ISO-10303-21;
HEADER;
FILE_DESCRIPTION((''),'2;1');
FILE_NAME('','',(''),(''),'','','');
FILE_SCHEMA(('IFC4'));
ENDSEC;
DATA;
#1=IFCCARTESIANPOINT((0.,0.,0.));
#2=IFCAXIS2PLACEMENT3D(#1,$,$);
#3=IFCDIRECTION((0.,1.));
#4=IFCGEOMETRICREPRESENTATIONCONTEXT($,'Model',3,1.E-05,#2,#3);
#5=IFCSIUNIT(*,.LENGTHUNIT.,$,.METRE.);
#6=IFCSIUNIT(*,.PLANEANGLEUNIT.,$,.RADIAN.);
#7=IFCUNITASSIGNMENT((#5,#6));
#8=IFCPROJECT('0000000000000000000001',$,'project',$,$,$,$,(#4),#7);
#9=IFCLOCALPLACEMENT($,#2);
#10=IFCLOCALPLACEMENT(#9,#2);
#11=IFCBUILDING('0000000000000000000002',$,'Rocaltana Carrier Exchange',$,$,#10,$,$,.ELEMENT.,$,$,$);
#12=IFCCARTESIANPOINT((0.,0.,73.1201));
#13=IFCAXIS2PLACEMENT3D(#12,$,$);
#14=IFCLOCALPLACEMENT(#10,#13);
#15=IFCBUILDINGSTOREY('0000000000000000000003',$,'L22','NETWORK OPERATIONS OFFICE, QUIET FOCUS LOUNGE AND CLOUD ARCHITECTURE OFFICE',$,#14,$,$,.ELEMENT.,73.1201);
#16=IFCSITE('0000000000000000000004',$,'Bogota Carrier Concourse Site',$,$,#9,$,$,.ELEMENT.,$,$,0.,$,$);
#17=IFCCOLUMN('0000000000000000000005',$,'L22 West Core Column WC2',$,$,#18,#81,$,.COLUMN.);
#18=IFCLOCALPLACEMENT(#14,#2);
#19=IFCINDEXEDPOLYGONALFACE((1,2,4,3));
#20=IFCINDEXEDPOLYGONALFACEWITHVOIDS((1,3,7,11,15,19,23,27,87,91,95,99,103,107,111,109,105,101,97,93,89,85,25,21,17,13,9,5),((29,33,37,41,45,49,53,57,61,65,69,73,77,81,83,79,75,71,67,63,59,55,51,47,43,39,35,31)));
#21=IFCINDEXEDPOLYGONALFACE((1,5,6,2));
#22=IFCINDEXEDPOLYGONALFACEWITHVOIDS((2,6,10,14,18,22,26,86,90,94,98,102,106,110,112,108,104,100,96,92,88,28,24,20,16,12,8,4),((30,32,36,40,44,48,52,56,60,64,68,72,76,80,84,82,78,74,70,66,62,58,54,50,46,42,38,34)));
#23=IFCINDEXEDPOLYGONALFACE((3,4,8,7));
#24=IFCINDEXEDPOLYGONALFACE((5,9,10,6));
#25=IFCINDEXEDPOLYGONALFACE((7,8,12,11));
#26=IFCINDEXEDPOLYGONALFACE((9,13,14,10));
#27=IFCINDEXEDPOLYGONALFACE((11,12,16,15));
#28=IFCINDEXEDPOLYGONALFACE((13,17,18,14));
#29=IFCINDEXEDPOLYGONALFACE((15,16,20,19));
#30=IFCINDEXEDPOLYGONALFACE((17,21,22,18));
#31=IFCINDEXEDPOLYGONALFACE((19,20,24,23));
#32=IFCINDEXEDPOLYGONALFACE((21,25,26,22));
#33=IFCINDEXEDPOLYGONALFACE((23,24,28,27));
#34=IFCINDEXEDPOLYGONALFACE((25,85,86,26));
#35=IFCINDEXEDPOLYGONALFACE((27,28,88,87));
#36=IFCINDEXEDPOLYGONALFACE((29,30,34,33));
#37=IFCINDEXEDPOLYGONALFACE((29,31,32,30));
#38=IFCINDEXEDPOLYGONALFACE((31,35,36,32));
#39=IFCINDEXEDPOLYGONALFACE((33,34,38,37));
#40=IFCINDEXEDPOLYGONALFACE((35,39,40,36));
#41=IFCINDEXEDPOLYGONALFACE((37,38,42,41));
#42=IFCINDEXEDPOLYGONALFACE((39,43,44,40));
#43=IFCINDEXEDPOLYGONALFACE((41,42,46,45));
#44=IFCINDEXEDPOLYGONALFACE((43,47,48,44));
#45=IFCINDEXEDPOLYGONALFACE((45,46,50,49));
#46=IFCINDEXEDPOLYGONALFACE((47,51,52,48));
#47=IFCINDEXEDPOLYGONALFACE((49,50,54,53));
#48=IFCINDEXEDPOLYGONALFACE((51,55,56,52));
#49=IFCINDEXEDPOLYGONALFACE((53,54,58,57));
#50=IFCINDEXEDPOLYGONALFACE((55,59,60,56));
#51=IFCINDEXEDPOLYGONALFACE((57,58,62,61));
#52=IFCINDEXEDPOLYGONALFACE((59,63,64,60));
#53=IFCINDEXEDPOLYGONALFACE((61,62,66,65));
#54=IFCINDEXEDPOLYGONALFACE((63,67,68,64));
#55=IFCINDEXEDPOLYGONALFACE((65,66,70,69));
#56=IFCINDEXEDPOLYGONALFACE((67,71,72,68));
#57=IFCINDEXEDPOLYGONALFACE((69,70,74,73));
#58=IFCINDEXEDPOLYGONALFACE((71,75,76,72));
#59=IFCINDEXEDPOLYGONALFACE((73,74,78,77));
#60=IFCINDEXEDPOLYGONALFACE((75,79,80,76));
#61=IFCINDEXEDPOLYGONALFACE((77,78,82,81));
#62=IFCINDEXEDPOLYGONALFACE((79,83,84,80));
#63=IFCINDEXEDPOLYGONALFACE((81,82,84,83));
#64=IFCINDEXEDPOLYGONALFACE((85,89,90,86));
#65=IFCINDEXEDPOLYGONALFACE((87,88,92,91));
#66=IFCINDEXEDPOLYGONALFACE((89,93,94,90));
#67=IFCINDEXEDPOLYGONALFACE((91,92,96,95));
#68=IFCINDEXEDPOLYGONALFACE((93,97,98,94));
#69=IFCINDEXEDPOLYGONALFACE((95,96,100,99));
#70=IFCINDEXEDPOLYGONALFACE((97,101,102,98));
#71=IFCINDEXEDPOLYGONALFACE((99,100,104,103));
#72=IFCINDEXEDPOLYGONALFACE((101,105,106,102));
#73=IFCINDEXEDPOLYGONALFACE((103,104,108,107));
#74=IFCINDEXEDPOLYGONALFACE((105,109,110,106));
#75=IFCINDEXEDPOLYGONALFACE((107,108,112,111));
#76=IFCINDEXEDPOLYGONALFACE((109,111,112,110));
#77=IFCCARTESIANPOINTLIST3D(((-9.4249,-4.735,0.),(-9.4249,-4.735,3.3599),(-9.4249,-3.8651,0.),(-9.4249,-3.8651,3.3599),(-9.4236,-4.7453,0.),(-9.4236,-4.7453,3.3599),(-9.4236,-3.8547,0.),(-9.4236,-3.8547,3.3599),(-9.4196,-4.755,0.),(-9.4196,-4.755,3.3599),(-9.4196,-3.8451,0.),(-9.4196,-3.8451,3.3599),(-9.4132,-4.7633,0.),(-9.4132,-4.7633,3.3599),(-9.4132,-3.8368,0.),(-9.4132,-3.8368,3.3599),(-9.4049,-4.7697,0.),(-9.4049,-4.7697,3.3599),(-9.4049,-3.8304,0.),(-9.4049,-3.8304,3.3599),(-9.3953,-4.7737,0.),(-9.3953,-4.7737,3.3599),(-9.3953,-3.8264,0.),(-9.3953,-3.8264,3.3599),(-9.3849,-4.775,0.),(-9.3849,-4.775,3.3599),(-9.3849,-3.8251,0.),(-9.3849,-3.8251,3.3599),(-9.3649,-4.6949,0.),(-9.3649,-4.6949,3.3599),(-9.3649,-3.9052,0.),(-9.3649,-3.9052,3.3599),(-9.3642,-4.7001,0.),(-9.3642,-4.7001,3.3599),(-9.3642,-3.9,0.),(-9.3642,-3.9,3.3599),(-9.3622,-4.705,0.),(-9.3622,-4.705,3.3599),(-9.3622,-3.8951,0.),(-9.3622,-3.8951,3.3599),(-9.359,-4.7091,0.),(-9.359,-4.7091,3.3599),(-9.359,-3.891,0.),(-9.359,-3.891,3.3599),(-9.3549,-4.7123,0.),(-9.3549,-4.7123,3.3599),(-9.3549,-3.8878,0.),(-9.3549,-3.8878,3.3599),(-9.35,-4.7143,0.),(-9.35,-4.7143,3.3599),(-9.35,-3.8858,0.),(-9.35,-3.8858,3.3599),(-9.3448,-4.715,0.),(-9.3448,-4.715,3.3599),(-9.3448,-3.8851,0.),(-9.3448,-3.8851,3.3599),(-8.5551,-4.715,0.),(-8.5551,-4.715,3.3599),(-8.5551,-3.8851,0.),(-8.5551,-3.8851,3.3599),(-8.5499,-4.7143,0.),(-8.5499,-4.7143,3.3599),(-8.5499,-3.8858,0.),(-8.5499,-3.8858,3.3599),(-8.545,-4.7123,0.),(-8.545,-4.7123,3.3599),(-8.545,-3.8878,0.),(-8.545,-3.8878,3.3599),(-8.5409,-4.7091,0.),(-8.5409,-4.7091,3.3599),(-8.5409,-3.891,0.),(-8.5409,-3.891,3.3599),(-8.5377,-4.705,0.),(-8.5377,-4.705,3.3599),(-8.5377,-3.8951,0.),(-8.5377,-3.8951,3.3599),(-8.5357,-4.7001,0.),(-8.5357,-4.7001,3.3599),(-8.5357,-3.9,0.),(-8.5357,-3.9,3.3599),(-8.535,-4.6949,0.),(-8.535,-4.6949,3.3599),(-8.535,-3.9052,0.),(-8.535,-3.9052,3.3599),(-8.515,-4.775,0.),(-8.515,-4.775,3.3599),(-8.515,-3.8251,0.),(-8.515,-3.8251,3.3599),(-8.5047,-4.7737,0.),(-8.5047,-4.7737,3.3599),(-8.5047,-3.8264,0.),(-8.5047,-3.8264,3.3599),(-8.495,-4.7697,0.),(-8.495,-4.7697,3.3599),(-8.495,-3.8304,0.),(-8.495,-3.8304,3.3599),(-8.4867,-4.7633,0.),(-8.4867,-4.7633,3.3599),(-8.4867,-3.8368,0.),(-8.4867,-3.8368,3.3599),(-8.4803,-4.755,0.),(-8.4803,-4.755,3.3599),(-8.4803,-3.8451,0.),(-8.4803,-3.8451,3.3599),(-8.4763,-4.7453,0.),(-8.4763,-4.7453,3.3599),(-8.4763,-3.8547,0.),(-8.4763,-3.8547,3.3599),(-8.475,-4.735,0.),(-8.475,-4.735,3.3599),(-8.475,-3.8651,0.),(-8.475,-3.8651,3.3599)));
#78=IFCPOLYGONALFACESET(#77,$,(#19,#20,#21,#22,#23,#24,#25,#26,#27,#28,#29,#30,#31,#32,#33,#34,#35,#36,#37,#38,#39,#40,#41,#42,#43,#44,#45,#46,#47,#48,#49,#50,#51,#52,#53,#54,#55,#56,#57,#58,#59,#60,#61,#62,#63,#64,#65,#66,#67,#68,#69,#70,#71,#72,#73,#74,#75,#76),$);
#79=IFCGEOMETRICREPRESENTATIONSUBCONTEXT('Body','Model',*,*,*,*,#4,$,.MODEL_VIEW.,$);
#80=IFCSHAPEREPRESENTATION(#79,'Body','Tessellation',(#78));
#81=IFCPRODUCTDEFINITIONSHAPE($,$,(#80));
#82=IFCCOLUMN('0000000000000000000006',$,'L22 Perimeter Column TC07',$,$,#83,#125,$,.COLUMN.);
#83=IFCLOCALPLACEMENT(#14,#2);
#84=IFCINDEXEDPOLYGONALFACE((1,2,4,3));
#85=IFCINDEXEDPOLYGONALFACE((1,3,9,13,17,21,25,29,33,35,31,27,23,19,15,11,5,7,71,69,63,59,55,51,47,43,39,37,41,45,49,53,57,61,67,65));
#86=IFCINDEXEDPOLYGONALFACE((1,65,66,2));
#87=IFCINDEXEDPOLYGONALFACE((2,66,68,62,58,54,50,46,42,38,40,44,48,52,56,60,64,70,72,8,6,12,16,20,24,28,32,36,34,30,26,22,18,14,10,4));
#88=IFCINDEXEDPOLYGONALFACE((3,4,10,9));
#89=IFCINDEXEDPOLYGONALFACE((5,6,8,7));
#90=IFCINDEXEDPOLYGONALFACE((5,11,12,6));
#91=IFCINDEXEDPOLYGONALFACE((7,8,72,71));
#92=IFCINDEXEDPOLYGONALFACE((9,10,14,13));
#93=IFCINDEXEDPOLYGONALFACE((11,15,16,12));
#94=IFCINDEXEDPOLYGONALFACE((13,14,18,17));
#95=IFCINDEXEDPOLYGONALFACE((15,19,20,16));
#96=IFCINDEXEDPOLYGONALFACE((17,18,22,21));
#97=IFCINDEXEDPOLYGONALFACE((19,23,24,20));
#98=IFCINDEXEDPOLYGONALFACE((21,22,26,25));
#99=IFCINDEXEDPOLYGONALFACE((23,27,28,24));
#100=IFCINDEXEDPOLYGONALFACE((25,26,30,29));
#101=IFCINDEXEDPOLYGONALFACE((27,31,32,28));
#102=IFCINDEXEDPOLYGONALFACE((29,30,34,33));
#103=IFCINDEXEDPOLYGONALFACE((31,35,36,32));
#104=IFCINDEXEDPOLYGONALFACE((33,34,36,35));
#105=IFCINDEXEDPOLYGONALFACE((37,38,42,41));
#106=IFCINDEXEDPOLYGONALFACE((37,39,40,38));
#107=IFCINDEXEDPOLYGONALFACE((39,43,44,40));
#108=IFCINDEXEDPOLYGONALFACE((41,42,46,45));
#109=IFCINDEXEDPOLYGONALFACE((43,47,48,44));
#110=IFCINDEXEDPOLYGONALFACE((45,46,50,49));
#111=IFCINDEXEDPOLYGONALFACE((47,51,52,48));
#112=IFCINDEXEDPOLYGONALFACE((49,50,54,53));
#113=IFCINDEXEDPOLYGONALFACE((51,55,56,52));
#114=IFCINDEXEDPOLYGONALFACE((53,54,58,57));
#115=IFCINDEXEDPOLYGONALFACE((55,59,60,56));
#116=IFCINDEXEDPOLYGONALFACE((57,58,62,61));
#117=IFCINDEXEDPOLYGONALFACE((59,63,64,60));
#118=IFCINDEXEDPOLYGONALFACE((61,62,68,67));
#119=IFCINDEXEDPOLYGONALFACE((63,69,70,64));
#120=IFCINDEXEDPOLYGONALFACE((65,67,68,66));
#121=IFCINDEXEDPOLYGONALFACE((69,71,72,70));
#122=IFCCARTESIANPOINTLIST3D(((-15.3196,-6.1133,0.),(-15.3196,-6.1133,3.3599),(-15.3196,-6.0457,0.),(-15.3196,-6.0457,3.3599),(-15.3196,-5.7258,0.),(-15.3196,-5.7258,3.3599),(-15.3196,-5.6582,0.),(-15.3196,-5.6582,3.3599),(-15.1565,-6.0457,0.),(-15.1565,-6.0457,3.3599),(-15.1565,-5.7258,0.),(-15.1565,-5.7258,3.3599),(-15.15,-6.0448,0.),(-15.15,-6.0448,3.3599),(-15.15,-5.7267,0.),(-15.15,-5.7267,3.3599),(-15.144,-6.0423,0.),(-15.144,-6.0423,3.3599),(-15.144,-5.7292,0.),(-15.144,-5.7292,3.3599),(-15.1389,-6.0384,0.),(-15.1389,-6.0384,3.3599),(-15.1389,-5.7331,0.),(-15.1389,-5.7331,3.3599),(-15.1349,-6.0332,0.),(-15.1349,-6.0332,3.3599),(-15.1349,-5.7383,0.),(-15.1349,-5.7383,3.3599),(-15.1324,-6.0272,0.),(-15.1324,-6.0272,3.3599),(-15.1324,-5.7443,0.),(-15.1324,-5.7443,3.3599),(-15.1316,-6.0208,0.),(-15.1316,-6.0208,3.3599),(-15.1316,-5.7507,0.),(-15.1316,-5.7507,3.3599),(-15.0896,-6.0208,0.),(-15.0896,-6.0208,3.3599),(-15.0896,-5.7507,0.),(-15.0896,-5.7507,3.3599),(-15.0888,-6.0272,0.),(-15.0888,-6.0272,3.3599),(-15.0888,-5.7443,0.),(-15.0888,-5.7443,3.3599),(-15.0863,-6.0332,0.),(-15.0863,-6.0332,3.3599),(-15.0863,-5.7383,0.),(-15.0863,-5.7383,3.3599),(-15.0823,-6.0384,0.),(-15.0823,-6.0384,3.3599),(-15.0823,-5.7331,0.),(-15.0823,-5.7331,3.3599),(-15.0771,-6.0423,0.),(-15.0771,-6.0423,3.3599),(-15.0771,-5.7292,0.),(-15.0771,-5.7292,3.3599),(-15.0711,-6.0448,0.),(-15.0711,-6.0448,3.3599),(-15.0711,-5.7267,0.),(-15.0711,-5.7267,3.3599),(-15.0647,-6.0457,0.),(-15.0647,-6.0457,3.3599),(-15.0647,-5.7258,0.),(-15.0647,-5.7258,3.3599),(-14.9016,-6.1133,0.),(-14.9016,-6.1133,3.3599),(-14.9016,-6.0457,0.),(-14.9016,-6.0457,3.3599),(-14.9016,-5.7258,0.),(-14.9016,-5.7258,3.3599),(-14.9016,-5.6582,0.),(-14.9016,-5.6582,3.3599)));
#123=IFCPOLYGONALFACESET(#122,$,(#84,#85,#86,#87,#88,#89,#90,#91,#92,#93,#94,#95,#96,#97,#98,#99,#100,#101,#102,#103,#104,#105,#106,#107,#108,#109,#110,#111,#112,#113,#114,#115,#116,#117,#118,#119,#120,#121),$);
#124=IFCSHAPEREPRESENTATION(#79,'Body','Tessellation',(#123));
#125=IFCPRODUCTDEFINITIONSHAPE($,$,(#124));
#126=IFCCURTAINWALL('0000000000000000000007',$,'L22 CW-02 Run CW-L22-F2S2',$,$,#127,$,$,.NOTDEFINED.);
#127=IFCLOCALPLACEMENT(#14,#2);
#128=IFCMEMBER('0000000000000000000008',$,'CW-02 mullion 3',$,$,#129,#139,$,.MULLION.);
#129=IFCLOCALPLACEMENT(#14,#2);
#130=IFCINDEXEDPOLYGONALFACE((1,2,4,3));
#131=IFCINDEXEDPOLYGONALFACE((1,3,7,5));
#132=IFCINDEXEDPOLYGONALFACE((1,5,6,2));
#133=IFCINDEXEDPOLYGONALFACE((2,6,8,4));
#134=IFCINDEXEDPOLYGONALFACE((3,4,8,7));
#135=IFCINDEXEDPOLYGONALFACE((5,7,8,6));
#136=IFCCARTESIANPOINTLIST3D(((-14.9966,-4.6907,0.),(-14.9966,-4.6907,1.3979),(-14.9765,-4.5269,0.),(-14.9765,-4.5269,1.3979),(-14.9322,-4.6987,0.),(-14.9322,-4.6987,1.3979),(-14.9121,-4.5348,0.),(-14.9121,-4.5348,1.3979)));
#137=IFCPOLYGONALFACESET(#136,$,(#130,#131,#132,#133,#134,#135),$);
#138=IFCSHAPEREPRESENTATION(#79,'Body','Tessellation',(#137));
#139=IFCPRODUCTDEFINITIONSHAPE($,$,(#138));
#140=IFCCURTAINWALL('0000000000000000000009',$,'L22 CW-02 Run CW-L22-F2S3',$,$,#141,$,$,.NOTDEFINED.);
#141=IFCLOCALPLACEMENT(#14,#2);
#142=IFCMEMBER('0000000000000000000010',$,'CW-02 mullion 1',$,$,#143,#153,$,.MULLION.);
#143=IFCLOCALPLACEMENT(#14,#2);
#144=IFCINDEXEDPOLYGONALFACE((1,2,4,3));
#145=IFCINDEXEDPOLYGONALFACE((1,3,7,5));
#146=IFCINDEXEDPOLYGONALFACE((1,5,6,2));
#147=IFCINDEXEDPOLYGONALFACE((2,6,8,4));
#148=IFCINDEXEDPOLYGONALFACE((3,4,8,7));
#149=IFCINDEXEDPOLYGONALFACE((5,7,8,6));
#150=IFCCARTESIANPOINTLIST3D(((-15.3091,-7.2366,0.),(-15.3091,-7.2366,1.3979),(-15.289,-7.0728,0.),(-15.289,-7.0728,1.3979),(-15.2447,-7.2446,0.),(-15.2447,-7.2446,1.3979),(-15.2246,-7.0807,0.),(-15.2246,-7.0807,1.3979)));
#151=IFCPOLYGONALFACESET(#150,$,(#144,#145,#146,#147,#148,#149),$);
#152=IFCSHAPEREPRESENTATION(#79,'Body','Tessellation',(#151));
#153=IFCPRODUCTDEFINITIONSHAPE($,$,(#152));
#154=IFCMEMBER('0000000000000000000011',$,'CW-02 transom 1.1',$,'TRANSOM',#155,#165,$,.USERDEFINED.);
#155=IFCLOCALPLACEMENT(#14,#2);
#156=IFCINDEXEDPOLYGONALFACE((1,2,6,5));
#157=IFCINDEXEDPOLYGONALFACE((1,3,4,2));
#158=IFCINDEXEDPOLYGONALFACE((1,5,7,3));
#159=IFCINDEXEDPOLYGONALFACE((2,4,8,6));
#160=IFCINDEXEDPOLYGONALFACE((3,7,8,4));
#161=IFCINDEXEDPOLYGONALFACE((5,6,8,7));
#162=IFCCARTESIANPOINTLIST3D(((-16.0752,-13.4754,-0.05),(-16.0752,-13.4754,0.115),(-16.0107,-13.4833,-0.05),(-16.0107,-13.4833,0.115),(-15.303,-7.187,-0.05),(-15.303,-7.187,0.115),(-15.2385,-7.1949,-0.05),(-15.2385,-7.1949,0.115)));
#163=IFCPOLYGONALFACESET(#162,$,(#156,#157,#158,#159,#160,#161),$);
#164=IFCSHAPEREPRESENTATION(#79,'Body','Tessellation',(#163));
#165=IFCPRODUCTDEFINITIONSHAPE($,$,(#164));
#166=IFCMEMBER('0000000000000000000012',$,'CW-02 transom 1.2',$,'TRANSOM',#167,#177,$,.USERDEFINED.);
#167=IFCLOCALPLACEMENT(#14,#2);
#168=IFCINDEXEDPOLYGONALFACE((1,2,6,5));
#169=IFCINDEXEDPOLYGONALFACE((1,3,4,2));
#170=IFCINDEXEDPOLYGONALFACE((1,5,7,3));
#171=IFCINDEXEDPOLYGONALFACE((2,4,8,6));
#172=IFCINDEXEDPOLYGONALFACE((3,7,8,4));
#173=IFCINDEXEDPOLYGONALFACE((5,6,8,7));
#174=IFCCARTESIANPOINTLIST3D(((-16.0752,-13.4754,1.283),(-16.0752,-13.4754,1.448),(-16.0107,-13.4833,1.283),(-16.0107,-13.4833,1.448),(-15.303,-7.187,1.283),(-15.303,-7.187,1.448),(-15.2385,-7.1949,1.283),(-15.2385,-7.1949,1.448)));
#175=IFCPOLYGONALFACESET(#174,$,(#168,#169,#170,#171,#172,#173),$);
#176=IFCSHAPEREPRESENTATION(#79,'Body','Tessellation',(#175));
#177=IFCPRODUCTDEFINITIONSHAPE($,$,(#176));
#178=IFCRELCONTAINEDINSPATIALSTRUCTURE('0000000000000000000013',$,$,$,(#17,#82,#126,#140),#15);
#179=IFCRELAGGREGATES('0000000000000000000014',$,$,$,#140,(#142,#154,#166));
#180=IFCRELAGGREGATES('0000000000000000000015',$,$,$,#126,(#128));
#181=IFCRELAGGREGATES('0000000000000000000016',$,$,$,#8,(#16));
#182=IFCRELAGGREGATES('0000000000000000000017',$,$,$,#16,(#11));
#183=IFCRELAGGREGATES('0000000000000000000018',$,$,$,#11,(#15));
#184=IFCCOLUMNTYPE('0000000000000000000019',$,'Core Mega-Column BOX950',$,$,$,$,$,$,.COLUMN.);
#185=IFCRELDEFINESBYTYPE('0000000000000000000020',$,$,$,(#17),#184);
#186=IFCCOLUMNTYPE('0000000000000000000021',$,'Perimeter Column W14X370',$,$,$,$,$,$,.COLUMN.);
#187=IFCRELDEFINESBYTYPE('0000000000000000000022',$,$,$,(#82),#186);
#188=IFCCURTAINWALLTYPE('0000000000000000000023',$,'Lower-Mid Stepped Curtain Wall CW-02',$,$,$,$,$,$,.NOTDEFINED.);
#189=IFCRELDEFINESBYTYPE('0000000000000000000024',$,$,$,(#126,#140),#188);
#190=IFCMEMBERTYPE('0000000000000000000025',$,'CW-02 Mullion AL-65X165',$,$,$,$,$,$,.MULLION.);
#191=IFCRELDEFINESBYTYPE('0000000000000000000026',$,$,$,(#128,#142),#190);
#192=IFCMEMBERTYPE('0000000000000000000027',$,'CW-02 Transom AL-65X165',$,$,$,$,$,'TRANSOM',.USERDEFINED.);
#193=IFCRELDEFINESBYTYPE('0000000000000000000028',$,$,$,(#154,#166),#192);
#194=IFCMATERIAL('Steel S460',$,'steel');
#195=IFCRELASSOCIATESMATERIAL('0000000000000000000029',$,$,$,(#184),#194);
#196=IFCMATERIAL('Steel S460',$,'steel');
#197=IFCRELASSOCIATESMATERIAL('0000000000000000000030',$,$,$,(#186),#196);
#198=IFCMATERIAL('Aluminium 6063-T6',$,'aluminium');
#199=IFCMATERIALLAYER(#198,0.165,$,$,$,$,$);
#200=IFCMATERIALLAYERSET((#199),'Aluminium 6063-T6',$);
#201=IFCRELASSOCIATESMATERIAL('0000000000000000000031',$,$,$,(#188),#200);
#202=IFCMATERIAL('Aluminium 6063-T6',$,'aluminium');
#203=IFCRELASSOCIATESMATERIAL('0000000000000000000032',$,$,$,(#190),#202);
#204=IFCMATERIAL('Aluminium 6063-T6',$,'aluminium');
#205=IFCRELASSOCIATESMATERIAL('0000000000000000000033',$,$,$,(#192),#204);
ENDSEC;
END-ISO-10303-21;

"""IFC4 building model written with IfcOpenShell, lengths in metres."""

from ifc_helpers import new_model, si_unit, direction, frame, origin, origin_2d, place, context, subcontext, project, spatial, rectangle, hollow_rectangle, i_section, extrude, material, layer, layer_set, material_profile, profile_set, type_object, element, aggregate, save


model = new_model("IFC4")

# Units and contexts
model_context = context("Model", 3, precision=1e-05, world=origin(), true_north=direction((0.0, 1.0)))
body_context = subcontext(model_context, "Body", "Model", "MODEL_VIEW")
ifc_project = project(units=[si_unit("LENGTHUNIT", "METRE"), si_unit("PLANEANGLEUNIT", "RADIAN")], contexts=[model_context])

# Site, building, storey
site_placement = place(None, origin())
site = spatial("IfcSite", under=ifc_project, at=site_placement, Name="Bogota Carrier Concourse Site", CompositionType="ELEMENT", RefElevation=0.0)
building_placement = place(site_placement, origin())
building = spatial("IfcBuilding", under=site, at=building_placement, Name="Rocaltana Carrier Exchange", CompositionType="ELEMENT")
storey_placement = place(building_placement, frame((0.0, 0.0, 73.1201)))
storey = spatial("IfcBuildingStorey", under=building, at=storey_placement, Name="L22", Description="NETWORK OPERATIONS OFFICE, QUIET FOCUS LOUNGE AND CLOUD ARCHITECTURE OFFICE", CompositionType="ELEMENT", Elevation=73.1201)

# Columns
ifc_material_1 = material(Name="Steel S460", Category="steel")
ifc_material_profile_1 = material_profile(ifc_material_1, hollow_rectangle(XDim=0.95, YDim=0.95, WallThickness=0.0601, InnerFilletRadius=0.02, OuterFilletRadius=0.04, at=origin_2d()), Name="BOX950X950X60")
ifc_profile_set_1 = profile_set([ifc_material_profile_1], Name="Steel S460")
column_type_1 = type_object("IfcColumnType", Name="Core Mega-Column BOX950", PredefinedType="COLUMN", material=ifc_profile_set_1)
column_1_placement = place(storey_placement, frame((-8.95, -4.3, 0.0), z_axis=(0.0, 0.0, 1.0), x_axis=(1.0, 0.0, 0.0)))
element("IfcColumn", 1, at=column_1_placement, inside=storey, type_object=column_type_1, Name="L22 West Core Column WC2", PredefinedType="COLUMN", context=body_context, shape_type="SweptSolid", body=[
    extrude(hollow_rectangle(XDim=0.95, YDim=0.95, WallThickness=0.0601, InnerFilletRadius=0.02, OuterFilletRadius=0.04, at=origin_2d()), origin(), (0.0, 0.0, 1.0), 3.3599),
])
ifc_material_2 = material(Name="Steel S460", Category="steel")
ifc_material_profile_2 = material_profile(ifc_material_2, i_section(OverallWidth=0.418, OverallDepth=0.4551, WebThickness=0.042, FlangeThickness=0.0676, FilletRadius=0.0249, at=origin_2d()), Name="W14X370")
ifc_profile_set_2 = profile_set([ifc_material_profile_2], Name="Steel S460")
column_type_2 = type_object("IfcColumnType", Name="Perimeter Column W14X370", PredefinedType="COLUMN", material=ifc_profile_set_2)
column_2_placement = place(storey_placement, frame((-15.1106, -5.8857, 0.0), z_axis=(0.0, 0.0, 1.0), x_axis=(1.0, 0.0, 0.0)))
element("IfcColumn", 2, at=column_2_placement, inside=storey, type_object=column_type_2, Name="L22 Perimeter Column TC07", PredefinedType="COLUMN", context=body_context, shape_type="SweptSolid", body=[
    extrude(i_section(OverallWidth=0.418, OverallDepth=0.4551, WebThickness=0.042, FlangeThickness=0.0676, FilletRadius=0.0249, at=origin_2d()), origin(), (0.0, 0.0, 1.0), 3.3599),
])

# Curtain wall, member
ifc_material_3 = material(Name="Aluminium 6063-T6", Category="aluminium")
ifc_layer_1 = layer(ifc_material_3, 0.165)
ifc_layer_set_1 = layer_set([ifc_layer_1], Name="Aluminium 6063-T6")
curtain_wall_type = type_object("IfcCurtainWallType", Name="Lower-Mid Stepped Curtain Wall CW-02", PredefinedType="NOTDEFINED", material=ifc_layer_set_1)
curtain_wall_1_placement = place(storey_placement, origin())
curtain_wall_1 = element("IfcCurtainWall", 3, at=curtain_wall_1_placement, inside=storey, type_object=curtain_wall_type, Name="L22 CW-02 Run CW-L22-F2S2", PredefinedType="NOTDEFINED")
ifc_material_4 = material(Name="Aluminium 6063-T6", Category="aluminium")
ifc_material_profile_3 = material_profile(ifc_material_4, rectangle(XDim=0.0649, YDim=0.165, at=origin_2d()), Name="AL-65X165")
ifc_profile_set_3 = profile_set([ifc_material_profile_3], Name="Aluminium 6063-T6")
member_type_1 = type_object("IfcMemberType", Name="CW-02 Mullion AL-65X165", PredefinedType="MULLION", material=ifc_profile_set_3)
member_1_placement = place(storey_placement, frame((-14.9543, -4.6128, 0.0), z_axis=(0.0, 0.0, 1.0), x_axis=(0.992546, -0.121874, 0.0)))
member_1 = element("IfcMember", 4, at=member_1_placement, type_object=member_type_1, Name="CW-02 mullion 3", PredefinedType="MULLION", context=body_context, shape_type="SweptSolid", body=[
    extrude(rectangle(XDim=0.0649, YDim=0.165, at=origin_2d()), origin(), (0.0, 0.0, 1.0), 1.3979),
])

# Curtain wall, members
curtain_wall_2_placement = place(storey_placement, origin())
curtain_wall_2 = element("IfcCurtainWall", 5, at=curtain_wall_2_placement, inside=storey, type_object=curtain_wall_type, Name="L22 CW-02 Run CW-L22-F2S3", PredefinedType="NOTDEFINED")
member_2_placement = place(storey_placement, frame((-15.2668, -7.1587, 0.0), z_axis=(0.0, 0.0, 1.0), x_axis=(0.992545, -0.121881, 0.0)))
member_2 = element("IfcMember", 6, at=member_2_placement, type_object=member_type_1, Name="CW-02 mullion 1", PredefinedType="MULLION", context=body_context, shape_type="SweptSolid", body=[
    extrude(rectangle(XDim=0.0649, YDim=0.165, at=origin_2d()), origin(), (0.0, 0.0, 1.0), 1.3979),
])
ifc_material_5 = material(Name="Aluminium 6063-T6", Category="aluminium")
ifc_material_profile_4 = material_profile(ifc_material_5, rectangle(XDim=0.0649, YDim=0.165, at=origin_2d()), Name="AL-65X165")
ifc_profile_set_4 = profile_set([ifc_material_profile_4], Name="Aluminium 6063-T6")
member_type_2 = type_object("IfcMemberType", Name="CW-02 Transom AL-65X165", ElementType="TRANSOM", PredefinedType="USERDEFINED", material=ifc_profile_set_4)
member_3_placement = place(storey_placement, frame((-15.2708, -7.1909, 0.0325), z_axis=(-0.121881, -0.992545, 0.0), x_axis=(0.992545, -0.121881, 0.0)))
member_3 = element("IfcMember", 7, at=member_3_placement, type_object=member_type_2, Name="CW-02 transom 1.1", ObjectType="TRANSOM", PredefinedType="USERDEFINED", context=body_context, shape_type="SweptSolid", body=[
    extrude(rectangle(XDim=0.0649, YDim=0.165, at=origin_2d()), origin(), (0.0, 0.0, 1.0), 6.3357),
])
member_4_placement = place(storey_placement, frame((-15.2708, -7.1909, 1.3655), z_axis=(-0.121881, -0.992545, 0.0), x_axis=(0.992545, -0.121881, 0.0)))
member_4 = element("IfcMember", 8, at=member_4_placement, type_object=member_type_2, Name="CW-02 transom 1.2", ObjectType="TRANSOM", PredefinedType="USERDEFINED", context=body_context, shape_type="SweptSolid", body=[
    extrude(rectangle(XDim=0.0649, YDim=0.165, at=origin_2d()), origin(), (0.0, 0.0, 1.0), 6.3357),
])
aggregate(curtain_wall_2, [member_2, member_3, member_4])

aggregate(curtain_wall_1, [member_1])

save(model, "model.ifc")
